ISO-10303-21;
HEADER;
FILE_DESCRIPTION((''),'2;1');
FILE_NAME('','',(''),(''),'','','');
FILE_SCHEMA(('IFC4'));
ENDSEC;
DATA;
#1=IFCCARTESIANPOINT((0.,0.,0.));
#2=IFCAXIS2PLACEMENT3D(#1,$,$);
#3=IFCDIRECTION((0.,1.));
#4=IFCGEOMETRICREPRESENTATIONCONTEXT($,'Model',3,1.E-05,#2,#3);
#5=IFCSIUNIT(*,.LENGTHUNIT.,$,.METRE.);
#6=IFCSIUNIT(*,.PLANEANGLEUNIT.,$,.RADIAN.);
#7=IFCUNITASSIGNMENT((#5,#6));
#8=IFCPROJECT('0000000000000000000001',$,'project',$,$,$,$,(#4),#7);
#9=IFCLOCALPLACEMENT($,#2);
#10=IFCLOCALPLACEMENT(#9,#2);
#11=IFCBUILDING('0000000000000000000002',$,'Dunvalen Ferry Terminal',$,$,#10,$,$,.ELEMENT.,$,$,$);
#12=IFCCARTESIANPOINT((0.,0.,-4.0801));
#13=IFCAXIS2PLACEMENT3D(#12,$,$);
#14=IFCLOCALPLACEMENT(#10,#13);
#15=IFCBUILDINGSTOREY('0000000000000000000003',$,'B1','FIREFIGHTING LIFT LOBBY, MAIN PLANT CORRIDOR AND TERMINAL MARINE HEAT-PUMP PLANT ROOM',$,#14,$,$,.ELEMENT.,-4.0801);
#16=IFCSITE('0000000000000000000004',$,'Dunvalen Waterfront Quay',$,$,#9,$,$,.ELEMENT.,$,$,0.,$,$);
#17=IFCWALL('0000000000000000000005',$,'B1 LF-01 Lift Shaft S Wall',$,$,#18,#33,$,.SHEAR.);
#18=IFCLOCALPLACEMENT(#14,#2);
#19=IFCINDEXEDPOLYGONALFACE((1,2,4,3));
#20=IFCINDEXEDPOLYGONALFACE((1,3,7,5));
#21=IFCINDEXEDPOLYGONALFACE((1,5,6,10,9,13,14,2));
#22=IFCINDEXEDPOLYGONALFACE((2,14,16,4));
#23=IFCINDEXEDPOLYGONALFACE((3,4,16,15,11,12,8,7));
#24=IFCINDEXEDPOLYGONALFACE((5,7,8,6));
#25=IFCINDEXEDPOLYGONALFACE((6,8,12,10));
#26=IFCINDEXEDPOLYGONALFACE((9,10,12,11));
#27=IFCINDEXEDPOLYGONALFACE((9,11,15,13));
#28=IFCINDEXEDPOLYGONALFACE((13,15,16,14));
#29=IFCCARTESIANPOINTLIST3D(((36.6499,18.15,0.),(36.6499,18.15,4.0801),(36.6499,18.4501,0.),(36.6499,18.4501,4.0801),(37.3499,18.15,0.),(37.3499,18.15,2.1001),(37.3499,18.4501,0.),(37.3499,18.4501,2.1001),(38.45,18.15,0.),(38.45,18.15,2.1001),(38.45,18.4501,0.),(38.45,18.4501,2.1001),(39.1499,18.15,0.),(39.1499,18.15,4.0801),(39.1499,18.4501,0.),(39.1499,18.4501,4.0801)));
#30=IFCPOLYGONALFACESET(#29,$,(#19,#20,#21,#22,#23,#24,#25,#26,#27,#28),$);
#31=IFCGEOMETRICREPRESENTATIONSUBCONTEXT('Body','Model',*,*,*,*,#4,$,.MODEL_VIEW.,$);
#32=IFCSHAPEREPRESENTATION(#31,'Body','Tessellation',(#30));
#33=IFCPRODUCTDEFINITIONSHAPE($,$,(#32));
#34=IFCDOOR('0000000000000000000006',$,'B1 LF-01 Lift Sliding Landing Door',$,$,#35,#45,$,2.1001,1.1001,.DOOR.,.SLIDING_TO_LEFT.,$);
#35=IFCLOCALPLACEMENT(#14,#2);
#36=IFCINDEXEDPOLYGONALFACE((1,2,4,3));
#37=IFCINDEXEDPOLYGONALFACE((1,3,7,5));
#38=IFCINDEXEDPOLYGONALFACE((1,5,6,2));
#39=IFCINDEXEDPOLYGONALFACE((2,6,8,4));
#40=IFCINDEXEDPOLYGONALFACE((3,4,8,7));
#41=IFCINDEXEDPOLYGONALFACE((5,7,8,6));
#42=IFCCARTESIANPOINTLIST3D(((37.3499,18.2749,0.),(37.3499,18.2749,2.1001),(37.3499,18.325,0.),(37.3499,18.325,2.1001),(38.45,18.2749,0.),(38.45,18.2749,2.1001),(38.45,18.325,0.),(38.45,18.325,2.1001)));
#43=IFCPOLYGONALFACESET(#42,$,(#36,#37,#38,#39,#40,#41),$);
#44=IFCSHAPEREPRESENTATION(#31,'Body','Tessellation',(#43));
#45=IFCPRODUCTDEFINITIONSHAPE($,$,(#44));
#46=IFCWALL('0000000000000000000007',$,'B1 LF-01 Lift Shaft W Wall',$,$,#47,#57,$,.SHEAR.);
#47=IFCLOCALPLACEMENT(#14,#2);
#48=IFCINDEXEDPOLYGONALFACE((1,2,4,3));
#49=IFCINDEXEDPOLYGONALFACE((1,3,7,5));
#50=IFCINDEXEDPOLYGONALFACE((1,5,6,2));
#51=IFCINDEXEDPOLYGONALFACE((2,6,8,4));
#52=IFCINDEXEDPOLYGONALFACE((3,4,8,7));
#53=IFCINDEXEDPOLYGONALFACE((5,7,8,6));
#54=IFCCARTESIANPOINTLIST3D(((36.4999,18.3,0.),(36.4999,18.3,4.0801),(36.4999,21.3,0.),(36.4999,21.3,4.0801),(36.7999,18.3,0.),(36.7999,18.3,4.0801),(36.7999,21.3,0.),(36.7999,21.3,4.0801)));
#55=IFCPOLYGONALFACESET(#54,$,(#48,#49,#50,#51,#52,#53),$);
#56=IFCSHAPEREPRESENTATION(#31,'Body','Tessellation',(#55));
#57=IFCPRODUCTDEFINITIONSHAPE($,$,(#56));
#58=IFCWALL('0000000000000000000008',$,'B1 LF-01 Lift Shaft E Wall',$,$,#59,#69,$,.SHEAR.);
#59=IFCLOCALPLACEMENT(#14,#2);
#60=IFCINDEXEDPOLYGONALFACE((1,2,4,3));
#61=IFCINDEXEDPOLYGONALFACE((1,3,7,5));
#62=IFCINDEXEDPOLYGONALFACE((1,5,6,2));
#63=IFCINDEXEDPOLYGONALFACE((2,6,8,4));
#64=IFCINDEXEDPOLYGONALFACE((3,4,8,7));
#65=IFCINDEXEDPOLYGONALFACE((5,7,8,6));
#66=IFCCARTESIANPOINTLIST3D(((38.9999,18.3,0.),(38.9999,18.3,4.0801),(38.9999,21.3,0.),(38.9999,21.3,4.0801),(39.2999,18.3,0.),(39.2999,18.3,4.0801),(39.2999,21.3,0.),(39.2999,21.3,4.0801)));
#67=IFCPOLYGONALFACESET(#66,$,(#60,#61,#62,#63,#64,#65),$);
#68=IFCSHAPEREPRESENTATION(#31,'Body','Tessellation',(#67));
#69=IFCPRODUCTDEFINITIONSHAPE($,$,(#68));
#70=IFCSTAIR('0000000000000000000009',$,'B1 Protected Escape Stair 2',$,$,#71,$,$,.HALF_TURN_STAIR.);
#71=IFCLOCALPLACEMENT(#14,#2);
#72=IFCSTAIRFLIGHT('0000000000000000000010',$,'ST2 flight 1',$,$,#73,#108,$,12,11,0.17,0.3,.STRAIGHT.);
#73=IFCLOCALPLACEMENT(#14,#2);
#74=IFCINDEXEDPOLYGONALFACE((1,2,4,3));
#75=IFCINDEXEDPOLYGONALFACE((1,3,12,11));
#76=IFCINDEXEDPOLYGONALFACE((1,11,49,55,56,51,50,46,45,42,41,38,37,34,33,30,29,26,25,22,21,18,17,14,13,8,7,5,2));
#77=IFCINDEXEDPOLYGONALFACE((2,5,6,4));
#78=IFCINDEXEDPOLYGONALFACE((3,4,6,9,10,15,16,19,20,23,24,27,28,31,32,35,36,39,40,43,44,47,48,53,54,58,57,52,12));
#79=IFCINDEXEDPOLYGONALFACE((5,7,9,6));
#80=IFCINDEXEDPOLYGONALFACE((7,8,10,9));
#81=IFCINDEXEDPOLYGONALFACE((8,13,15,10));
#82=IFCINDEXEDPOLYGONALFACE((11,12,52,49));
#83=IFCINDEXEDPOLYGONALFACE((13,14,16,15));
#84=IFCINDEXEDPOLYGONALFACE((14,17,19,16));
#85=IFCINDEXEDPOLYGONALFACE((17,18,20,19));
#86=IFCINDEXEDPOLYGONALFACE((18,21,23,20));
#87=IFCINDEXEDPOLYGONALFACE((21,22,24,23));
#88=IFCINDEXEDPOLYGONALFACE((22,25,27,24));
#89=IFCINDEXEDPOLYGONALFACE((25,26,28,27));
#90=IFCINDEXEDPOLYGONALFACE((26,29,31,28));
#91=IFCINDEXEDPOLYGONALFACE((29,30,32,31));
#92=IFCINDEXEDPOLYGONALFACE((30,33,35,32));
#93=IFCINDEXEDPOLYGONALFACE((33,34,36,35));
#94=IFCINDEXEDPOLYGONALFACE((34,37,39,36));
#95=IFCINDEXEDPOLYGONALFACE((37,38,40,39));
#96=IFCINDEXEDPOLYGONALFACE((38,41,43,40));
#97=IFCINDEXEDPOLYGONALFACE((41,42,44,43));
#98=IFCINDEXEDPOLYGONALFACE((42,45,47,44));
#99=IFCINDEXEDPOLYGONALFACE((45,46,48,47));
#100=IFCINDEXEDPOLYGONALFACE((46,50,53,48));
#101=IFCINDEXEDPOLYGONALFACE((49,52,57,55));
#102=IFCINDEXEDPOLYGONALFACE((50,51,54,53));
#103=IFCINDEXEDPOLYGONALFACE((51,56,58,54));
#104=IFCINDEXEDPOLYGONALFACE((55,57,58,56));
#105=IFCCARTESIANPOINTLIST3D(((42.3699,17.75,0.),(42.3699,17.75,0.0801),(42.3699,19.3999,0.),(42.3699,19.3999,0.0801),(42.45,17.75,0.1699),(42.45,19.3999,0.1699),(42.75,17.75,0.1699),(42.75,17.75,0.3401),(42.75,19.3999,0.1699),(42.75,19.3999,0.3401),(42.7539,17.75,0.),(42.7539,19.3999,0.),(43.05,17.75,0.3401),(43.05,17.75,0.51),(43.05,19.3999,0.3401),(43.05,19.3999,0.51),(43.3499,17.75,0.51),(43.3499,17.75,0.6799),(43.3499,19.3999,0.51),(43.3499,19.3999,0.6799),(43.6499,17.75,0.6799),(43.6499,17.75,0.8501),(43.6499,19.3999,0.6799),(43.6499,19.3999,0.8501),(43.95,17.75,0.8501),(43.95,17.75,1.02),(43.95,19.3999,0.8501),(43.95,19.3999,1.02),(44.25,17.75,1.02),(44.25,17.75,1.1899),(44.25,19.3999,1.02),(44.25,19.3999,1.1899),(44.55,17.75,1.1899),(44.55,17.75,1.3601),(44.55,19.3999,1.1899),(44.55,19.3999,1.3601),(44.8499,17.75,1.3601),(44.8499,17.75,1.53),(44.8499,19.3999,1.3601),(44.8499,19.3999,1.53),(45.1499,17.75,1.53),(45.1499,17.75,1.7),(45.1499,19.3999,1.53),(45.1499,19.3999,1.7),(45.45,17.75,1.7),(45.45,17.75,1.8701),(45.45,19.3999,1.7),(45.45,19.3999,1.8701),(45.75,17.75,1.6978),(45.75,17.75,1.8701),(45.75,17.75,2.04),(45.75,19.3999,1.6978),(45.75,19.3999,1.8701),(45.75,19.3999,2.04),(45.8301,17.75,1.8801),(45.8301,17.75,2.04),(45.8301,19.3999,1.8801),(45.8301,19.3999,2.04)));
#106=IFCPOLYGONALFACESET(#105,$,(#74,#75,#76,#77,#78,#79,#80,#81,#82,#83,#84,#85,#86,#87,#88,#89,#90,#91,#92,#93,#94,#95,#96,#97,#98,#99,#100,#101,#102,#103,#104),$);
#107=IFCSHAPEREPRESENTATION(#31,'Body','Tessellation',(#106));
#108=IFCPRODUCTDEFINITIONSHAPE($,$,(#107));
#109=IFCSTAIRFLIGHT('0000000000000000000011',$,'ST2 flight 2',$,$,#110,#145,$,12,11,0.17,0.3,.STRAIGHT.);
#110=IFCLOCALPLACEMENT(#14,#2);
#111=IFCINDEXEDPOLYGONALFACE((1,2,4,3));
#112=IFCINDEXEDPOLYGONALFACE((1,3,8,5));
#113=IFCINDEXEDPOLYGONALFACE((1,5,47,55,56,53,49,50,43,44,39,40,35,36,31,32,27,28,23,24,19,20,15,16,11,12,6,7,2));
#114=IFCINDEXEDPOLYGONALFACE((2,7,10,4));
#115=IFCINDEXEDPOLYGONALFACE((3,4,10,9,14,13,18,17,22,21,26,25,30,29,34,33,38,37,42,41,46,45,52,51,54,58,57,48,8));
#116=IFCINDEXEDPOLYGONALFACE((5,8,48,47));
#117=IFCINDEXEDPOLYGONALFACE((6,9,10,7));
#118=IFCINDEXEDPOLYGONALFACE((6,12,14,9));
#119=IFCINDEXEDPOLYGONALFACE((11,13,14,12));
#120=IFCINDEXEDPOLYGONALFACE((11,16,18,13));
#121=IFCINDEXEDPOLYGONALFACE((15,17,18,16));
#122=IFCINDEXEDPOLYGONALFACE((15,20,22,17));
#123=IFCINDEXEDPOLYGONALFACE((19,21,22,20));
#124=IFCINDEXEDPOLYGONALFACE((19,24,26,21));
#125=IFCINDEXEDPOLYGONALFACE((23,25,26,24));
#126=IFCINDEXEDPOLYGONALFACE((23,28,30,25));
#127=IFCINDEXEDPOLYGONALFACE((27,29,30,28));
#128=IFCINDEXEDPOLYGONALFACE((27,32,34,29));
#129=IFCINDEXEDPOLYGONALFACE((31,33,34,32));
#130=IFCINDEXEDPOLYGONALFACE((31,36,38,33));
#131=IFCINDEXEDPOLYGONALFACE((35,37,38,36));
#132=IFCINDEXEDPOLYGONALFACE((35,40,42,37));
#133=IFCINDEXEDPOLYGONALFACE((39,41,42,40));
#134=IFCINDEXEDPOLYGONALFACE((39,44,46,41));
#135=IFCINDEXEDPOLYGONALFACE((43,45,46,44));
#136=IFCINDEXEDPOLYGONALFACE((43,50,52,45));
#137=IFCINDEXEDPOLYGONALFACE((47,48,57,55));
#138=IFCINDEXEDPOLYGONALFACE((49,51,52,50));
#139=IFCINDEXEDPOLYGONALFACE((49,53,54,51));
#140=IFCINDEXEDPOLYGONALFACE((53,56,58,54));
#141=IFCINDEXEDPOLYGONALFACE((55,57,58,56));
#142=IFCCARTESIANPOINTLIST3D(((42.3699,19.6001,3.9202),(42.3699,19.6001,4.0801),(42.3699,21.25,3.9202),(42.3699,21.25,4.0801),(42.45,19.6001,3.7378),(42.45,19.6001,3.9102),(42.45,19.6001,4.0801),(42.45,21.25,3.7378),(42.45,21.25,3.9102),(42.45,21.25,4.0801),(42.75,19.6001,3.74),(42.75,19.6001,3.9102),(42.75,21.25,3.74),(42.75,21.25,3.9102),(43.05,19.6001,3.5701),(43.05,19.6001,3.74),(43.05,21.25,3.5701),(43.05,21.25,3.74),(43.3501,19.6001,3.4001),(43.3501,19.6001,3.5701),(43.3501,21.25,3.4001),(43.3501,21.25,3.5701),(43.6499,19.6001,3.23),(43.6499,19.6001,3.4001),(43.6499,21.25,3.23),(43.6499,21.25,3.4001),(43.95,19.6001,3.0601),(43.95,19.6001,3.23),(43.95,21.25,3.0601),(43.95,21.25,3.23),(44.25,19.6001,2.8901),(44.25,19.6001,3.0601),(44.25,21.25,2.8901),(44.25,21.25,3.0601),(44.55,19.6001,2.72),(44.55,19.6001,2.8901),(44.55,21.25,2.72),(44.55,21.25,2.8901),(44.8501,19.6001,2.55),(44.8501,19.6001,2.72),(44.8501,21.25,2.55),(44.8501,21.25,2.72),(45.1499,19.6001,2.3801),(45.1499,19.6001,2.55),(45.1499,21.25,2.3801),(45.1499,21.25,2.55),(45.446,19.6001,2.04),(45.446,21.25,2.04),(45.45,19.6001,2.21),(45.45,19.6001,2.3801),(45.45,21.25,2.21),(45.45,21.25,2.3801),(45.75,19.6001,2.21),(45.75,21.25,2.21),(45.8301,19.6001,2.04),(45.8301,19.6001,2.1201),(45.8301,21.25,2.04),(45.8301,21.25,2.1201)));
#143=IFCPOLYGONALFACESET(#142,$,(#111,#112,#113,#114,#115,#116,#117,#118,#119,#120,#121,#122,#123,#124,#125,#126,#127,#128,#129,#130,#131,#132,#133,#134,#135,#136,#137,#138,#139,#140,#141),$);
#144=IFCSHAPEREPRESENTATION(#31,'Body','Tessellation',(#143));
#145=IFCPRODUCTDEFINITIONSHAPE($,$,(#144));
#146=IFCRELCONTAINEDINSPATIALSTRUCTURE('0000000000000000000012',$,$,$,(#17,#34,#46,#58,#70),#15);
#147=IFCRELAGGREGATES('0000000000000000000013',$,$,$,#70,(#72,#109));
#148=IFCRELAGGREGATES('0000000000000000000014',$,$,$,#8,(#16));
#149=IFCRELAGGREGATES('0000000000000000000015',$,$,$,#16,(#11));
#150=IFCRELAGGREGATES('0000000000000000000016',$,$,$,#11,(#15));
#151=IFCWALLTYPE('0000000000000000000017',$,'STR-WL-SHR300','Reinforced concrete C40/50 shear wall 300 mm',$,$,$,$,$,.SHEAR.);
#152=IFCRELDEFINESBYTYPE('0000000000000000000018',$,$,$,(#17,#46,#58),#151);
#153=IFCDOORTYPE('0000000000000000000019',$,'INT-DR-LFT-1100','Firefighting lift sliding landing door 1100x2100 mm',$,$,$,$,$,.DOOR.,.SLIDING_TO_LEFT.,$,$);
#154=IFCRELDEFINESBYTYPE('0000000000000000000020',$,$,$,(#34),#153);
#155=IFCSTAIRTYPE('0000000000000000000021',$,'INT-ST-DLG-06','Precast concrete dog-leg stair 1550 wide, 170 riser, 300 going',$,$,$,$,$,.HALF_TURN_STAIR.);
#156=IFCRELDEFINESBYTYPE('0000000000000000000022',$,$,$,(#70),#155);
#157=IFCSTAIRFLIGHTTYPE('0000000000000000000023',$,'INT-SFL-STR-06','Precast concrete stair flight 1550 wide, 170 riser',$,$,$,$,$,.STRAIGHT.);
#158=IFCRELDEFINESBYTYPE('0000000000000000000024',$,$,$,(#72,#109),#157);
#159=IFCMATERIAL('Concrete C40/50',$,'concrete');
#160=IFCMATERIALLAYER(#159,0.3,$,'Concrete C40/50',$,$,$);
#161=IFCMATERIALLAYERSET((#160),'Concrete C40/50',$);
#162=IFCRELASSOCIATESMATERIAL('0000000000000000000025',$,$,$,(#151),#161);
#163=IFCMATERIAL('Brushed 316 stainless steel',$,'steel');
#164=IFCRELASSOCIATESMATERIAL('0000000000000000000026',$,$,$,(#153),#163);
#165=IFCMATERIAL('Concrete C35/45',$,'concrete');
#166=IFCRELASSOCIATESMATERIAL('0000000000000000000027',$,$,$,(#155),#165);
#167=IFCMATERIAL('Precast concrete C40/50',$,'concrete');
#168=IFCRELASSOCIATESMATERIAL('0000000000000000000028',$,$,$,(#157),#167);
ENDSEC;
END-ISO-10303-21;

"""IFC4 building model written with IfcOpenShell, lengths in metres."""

from ifc_helpers import new_model, si_unit, direction, frame, frame_2d, origin, place, context, subcontext, project, spatial, polyline, rectangle, outline, extrude, material, layer, layer_set, type_object, element, fill, aggregate, save


model = new_model("IFC4")

# Units and contexts
model_context = context("Model", 3, precision=1e-05, world=origin(), true_north=direction((0.0, 1.0)))
body_context = subcontext(model_context, "Body", "Model", "MODEL_VIEW")
ifc_project = project(units=[si_unit("LENGTHUNIT", "METRE"), si_unit("PLANEANGLEUNIT", "RADIAN")], contexts=[model_context])

# Site, building, storey
site_placement = place(None, origin())
site = spatial("IfcSite", under=ifc_project, at=site_placement, Name="Dunvalen Waterfront Quay", CompositionType="ELEMENT", RefElevation=0.0)
building_placement = place(site_placement, origin())
building = spatial("IfcBuilding", under=site, at=building_placement, Name="Dunvalen Ferry Terminal", CompositionType="ELEMENT")
storey_placement = place(building_placement, frame((0.0, 0.0, -4.0801)))
storey = spatial("IfcBuildingStorey", under=building, at=storey_placement, Name="B1", Description="FIREFIGHTING LIFT LOBBY, MAIN PLANT CORRIDOR AND TERMINAL MARINE HEAT-PUMP PLANT ROOM", CompositionType="ELEMENT", Elevation=-4.0801)

# Shared definitions
ifc_material_1 = material(Name="Concrete C40/50", Category="concrete")

# Shared definitions
ifc_material_2 = material(Name="Concrete C35/45", Category="concrete")

# Shared definitions
ifc_layer_1 = layer(ifc_material_1, 0.3, Name="Concrete C40/50")
ifc_layer_set_1 = layer_set([ifc_layer_1], Name="Concrete C40/50")
wall_type_1 = type_object("IfcWallType", Name="STR-WL-SHR300", Description="Reinforced concrete C40/50 shear wall 300 mm", PredefinedType="SHEAR", material=ifc_layer_set_1)

# Wall, opening, door
wall_1_placement = place(storey_placement, frame((36.6499, 18.3, 0.0), z_axis=(0.0, 0.0, 1.0), x_axis=(1.0, 0.0, 0.0)))
wall_1 = element("IfcWall", 1, at=wall_1_placement, inside=storey, type_object=wall_type_1, Name="B1 LF-01 Lift Shaft S Wall", PredefinedType="SHEAR", context=body_context, shape_type="SweptSolid", body=[
    extrude(rectangle(XDim=2.5, YDim=0.3, at=frame_2d((1.25, 0.0))), origin(), (0.0, 0.0, 1.0), 4.0801),
])
opening_1_placement = place(wall_1_placement, frame((0.7, 0.0, 0.0)))
opening_1 = element("IfcOpeningElement", 2, at=opening_1_placement, cuts=wall_1, PredefinedType="OPENING", context=body_context, shape_type="SweptSolid", body=[
    extrude(rectangle(XDim=1.1001, YDim=2.1001, at=frame_2d((0.55, 1.05))), frame((0.0, 0.1602, 0.0), z_axis=(0.0, -1.0, 0.0), x_axis=(1.0, 0.0, 0.0)), (0.0, 0.0, 1.0), 0.3201),
])
ifc_material_3 = material(Name="Brushed 316 stainless steel", Category="steel")
door_type_1 = type_object("IfcDoorType", Name="INT-DR-LFT-1100", Description="Firefighting lift sliding landing door 1100x2100 mm", OperationType="SLIDING_TO_LEFT", PredefinedType="DOOR", material=ifc_material_3)
door_1_placement = place(opening_1_placement, origin())
door_1 = element("IfcDoor", 3, at=door_1_placement, inside=storey, type_object=door_type_1, Name="B1 LF-01 Lift Sliding Landing Door", OperationType="SLIDING_TO_LEFT", OverallHeight=2.1001, OverallWidth=1.1001, PredefinedType="DOOR", context=body_context, shape_type="SweptSolid", body=[
    extrude(rectangle(XDim=1.1001, YDim=2.1001, at=frame_2d((0.55, 1.05))), frame((0.0, 0.0249, 0.0), z_axis=(0.0, -1.0, 0.0), x_axis=(1.0, 0.0, 0.0)), (0.0, 0.0, 1.0), 0.05),
])
fill(opening_1, door_1)

# Walls
for number, where, z_axis, x_axis, name in (
    (4, (36.6499, 18.3, 0.0), (0.0, 0.0, 1.0), (0.0, 1.0, 0.0), "B1 LF-01 Lift Shaft W Wall"),
    (5, (39.1499, 18.3, 0.0), (0.0, 0.0, 1.0), (0.0, 1.0, 0.0), "B1 LF-01 Lift Shaft E Wall"),
):
    element("IfcWall", number, at=place(storey_placement, frame(where, z_axis=z_axis, x_axis=x_axis)), inside=storey, type_object=wall_type_1, Name=name, PredefinedType="SHEAR", context=body_context, shape_type="SweptSolid", body=[
        extrude(rectangle(XDim=3.0, YDim=0.3, at=frame_2d((1.5, 0.0))), origin(), (0.0, 0.0, 1.0), 4.0801),
    ])

# Stair, stair flights
stair_type = type_object("IfcStairType", Name="INT-ST-DLG-06", Description="Precast concrete dog-leg stair 1550 wide, 170 riser, 300 going", PredefinedType="HALF_TURN_STAIR", material=ifc_material_2)
stair_placement = place(storey_placement, origin())
stair = element("IfcStair", 6, at=stair_placement, inside=storey, type_object=stair_type, Name="B1 Protected Escape Stair 2", PredefinedType="HALF_TURN_STAIR")
ifc_material_4 = material(Name="Precast concrete C40/50", Category="concrete")
stair_flight_type = type_object("IfcStairFlightType", Name="INT-SFL-STR-06", Description="Precast concrete stair flight 1550 wide, 170 riser", PredefinedType="STRAIGHT", material=ifc_material_4)
stair_flight_1_placement = place(storey_placement, frame((42.45, 18.575, 0.0), z_axis=(0.0, 0.0, 1.0), x_axis=(1.0, 0.0, 0.0)))
stair_flight_1 = element("IfcStairFlight", 7, at=stair_flight_1_placement, type_object=stair_flight_type, Name="ST2 flight 1", NumberOfRisers=12, NumberOfTreads=11, PredefinedType="STRAIGHT", RiserHeight=0.17, TreadLength=0.3, context=body_context, shape_type="SweptSolid", body=[
    extrude(outline(polyline([(-0.0801, 0.0), (-0.0801, 0.0801), (0.0, 0.1699), (0.3, 0.1699), (0.3, 0.3401), (0.6001, 0.3401), (0.6001, 0.51), (0.8999, 0.51), (0.8999, 0.6799), (1.2, 0.6799), (1.2, 0.8501), (1.5, 0.8501), (1.5, 1.02), (1.8, 1.02), (1.8, 1.1899), (2.1001, 1.1899), (2.1001, 1.3601), (2.3999, 1.3601), (2.3999, 1.53), (2.7, 1.53), (2.7, 1.7), (3.0, 1.7), (3.0, 1.8701), (3.3, 1.8701), (3.3, 2.04), (3.3801, 2.04), (3.3801, 1.8801), (3.3, 1.6978), (0.304, 0.0), (-0.0801, 0.0)])), frame((0.0, 0.825, 0.0), z_axis=(0.0, -1.0, 0.0), x_axis=(1.0, 0.0, 0.0)), (0.0, 0.0, 1.0), 1.6499),
])
stair_flight_2_placement = place(storey_placement, frame((45.75, 20.425, 2.04), z_axis=(0.0, 0.0, 1.0), x_axis=(-1.0, 0.0, 0.0)))
stair_flight_2 = element("IfcStairFlight", 8, at=stair_flight_2_placement, type_object=stair_flight_type, Name="ST2 flight 2", NumberOfRisers=12, NumberOfTreads=11, PredefinedType="STRAIGHT", RiserHeight=0.17, TreadLength=0.3, context=body_context, shape_type="SweptSolid", body=[
    extrude(outline(polyline([(-0.0801, 0.0), (-0.0801, 0.0801), (0.0, 0.1699), (0.3, 0.1699), (0.3, 0.3401), (0.6001, 0.3401), (0.6001, 0.51), (0.8999, 0.51), (0.8999, 0.6799), (1.2, 0.6799), (1.2, 0.8501), (1.5, 0.8501), (1.5, 1.02), (1.8, 1.02), (1.8, 1.1899), (2.1001, 1.1899), (2.1001, 1.3601), (2.3999, 1.3601), (2.3999, 1.53), (2.7, 1.53), (2.7, 1.7), (3.0, 1.7), (3.0, 1.8701), (3.3, 1.8701), (3.3, 2.04), (3.3801, 2.04), (3.3801, 1.8801), (3.3, 1.6978), (0.304, 0.0), (-0.0801, 0.0)])), frame((0.0, 0.825, 0.0), z_axis=(0.0, -1.0, 0.0), x_axis=(1.0, 0.0, 0.0)), (0.0, 0.0, 1.0), 1.6499),
])
aggregate(stair, [stair_flight_1, stair_flight_2])

save(model, "model.ifc")
